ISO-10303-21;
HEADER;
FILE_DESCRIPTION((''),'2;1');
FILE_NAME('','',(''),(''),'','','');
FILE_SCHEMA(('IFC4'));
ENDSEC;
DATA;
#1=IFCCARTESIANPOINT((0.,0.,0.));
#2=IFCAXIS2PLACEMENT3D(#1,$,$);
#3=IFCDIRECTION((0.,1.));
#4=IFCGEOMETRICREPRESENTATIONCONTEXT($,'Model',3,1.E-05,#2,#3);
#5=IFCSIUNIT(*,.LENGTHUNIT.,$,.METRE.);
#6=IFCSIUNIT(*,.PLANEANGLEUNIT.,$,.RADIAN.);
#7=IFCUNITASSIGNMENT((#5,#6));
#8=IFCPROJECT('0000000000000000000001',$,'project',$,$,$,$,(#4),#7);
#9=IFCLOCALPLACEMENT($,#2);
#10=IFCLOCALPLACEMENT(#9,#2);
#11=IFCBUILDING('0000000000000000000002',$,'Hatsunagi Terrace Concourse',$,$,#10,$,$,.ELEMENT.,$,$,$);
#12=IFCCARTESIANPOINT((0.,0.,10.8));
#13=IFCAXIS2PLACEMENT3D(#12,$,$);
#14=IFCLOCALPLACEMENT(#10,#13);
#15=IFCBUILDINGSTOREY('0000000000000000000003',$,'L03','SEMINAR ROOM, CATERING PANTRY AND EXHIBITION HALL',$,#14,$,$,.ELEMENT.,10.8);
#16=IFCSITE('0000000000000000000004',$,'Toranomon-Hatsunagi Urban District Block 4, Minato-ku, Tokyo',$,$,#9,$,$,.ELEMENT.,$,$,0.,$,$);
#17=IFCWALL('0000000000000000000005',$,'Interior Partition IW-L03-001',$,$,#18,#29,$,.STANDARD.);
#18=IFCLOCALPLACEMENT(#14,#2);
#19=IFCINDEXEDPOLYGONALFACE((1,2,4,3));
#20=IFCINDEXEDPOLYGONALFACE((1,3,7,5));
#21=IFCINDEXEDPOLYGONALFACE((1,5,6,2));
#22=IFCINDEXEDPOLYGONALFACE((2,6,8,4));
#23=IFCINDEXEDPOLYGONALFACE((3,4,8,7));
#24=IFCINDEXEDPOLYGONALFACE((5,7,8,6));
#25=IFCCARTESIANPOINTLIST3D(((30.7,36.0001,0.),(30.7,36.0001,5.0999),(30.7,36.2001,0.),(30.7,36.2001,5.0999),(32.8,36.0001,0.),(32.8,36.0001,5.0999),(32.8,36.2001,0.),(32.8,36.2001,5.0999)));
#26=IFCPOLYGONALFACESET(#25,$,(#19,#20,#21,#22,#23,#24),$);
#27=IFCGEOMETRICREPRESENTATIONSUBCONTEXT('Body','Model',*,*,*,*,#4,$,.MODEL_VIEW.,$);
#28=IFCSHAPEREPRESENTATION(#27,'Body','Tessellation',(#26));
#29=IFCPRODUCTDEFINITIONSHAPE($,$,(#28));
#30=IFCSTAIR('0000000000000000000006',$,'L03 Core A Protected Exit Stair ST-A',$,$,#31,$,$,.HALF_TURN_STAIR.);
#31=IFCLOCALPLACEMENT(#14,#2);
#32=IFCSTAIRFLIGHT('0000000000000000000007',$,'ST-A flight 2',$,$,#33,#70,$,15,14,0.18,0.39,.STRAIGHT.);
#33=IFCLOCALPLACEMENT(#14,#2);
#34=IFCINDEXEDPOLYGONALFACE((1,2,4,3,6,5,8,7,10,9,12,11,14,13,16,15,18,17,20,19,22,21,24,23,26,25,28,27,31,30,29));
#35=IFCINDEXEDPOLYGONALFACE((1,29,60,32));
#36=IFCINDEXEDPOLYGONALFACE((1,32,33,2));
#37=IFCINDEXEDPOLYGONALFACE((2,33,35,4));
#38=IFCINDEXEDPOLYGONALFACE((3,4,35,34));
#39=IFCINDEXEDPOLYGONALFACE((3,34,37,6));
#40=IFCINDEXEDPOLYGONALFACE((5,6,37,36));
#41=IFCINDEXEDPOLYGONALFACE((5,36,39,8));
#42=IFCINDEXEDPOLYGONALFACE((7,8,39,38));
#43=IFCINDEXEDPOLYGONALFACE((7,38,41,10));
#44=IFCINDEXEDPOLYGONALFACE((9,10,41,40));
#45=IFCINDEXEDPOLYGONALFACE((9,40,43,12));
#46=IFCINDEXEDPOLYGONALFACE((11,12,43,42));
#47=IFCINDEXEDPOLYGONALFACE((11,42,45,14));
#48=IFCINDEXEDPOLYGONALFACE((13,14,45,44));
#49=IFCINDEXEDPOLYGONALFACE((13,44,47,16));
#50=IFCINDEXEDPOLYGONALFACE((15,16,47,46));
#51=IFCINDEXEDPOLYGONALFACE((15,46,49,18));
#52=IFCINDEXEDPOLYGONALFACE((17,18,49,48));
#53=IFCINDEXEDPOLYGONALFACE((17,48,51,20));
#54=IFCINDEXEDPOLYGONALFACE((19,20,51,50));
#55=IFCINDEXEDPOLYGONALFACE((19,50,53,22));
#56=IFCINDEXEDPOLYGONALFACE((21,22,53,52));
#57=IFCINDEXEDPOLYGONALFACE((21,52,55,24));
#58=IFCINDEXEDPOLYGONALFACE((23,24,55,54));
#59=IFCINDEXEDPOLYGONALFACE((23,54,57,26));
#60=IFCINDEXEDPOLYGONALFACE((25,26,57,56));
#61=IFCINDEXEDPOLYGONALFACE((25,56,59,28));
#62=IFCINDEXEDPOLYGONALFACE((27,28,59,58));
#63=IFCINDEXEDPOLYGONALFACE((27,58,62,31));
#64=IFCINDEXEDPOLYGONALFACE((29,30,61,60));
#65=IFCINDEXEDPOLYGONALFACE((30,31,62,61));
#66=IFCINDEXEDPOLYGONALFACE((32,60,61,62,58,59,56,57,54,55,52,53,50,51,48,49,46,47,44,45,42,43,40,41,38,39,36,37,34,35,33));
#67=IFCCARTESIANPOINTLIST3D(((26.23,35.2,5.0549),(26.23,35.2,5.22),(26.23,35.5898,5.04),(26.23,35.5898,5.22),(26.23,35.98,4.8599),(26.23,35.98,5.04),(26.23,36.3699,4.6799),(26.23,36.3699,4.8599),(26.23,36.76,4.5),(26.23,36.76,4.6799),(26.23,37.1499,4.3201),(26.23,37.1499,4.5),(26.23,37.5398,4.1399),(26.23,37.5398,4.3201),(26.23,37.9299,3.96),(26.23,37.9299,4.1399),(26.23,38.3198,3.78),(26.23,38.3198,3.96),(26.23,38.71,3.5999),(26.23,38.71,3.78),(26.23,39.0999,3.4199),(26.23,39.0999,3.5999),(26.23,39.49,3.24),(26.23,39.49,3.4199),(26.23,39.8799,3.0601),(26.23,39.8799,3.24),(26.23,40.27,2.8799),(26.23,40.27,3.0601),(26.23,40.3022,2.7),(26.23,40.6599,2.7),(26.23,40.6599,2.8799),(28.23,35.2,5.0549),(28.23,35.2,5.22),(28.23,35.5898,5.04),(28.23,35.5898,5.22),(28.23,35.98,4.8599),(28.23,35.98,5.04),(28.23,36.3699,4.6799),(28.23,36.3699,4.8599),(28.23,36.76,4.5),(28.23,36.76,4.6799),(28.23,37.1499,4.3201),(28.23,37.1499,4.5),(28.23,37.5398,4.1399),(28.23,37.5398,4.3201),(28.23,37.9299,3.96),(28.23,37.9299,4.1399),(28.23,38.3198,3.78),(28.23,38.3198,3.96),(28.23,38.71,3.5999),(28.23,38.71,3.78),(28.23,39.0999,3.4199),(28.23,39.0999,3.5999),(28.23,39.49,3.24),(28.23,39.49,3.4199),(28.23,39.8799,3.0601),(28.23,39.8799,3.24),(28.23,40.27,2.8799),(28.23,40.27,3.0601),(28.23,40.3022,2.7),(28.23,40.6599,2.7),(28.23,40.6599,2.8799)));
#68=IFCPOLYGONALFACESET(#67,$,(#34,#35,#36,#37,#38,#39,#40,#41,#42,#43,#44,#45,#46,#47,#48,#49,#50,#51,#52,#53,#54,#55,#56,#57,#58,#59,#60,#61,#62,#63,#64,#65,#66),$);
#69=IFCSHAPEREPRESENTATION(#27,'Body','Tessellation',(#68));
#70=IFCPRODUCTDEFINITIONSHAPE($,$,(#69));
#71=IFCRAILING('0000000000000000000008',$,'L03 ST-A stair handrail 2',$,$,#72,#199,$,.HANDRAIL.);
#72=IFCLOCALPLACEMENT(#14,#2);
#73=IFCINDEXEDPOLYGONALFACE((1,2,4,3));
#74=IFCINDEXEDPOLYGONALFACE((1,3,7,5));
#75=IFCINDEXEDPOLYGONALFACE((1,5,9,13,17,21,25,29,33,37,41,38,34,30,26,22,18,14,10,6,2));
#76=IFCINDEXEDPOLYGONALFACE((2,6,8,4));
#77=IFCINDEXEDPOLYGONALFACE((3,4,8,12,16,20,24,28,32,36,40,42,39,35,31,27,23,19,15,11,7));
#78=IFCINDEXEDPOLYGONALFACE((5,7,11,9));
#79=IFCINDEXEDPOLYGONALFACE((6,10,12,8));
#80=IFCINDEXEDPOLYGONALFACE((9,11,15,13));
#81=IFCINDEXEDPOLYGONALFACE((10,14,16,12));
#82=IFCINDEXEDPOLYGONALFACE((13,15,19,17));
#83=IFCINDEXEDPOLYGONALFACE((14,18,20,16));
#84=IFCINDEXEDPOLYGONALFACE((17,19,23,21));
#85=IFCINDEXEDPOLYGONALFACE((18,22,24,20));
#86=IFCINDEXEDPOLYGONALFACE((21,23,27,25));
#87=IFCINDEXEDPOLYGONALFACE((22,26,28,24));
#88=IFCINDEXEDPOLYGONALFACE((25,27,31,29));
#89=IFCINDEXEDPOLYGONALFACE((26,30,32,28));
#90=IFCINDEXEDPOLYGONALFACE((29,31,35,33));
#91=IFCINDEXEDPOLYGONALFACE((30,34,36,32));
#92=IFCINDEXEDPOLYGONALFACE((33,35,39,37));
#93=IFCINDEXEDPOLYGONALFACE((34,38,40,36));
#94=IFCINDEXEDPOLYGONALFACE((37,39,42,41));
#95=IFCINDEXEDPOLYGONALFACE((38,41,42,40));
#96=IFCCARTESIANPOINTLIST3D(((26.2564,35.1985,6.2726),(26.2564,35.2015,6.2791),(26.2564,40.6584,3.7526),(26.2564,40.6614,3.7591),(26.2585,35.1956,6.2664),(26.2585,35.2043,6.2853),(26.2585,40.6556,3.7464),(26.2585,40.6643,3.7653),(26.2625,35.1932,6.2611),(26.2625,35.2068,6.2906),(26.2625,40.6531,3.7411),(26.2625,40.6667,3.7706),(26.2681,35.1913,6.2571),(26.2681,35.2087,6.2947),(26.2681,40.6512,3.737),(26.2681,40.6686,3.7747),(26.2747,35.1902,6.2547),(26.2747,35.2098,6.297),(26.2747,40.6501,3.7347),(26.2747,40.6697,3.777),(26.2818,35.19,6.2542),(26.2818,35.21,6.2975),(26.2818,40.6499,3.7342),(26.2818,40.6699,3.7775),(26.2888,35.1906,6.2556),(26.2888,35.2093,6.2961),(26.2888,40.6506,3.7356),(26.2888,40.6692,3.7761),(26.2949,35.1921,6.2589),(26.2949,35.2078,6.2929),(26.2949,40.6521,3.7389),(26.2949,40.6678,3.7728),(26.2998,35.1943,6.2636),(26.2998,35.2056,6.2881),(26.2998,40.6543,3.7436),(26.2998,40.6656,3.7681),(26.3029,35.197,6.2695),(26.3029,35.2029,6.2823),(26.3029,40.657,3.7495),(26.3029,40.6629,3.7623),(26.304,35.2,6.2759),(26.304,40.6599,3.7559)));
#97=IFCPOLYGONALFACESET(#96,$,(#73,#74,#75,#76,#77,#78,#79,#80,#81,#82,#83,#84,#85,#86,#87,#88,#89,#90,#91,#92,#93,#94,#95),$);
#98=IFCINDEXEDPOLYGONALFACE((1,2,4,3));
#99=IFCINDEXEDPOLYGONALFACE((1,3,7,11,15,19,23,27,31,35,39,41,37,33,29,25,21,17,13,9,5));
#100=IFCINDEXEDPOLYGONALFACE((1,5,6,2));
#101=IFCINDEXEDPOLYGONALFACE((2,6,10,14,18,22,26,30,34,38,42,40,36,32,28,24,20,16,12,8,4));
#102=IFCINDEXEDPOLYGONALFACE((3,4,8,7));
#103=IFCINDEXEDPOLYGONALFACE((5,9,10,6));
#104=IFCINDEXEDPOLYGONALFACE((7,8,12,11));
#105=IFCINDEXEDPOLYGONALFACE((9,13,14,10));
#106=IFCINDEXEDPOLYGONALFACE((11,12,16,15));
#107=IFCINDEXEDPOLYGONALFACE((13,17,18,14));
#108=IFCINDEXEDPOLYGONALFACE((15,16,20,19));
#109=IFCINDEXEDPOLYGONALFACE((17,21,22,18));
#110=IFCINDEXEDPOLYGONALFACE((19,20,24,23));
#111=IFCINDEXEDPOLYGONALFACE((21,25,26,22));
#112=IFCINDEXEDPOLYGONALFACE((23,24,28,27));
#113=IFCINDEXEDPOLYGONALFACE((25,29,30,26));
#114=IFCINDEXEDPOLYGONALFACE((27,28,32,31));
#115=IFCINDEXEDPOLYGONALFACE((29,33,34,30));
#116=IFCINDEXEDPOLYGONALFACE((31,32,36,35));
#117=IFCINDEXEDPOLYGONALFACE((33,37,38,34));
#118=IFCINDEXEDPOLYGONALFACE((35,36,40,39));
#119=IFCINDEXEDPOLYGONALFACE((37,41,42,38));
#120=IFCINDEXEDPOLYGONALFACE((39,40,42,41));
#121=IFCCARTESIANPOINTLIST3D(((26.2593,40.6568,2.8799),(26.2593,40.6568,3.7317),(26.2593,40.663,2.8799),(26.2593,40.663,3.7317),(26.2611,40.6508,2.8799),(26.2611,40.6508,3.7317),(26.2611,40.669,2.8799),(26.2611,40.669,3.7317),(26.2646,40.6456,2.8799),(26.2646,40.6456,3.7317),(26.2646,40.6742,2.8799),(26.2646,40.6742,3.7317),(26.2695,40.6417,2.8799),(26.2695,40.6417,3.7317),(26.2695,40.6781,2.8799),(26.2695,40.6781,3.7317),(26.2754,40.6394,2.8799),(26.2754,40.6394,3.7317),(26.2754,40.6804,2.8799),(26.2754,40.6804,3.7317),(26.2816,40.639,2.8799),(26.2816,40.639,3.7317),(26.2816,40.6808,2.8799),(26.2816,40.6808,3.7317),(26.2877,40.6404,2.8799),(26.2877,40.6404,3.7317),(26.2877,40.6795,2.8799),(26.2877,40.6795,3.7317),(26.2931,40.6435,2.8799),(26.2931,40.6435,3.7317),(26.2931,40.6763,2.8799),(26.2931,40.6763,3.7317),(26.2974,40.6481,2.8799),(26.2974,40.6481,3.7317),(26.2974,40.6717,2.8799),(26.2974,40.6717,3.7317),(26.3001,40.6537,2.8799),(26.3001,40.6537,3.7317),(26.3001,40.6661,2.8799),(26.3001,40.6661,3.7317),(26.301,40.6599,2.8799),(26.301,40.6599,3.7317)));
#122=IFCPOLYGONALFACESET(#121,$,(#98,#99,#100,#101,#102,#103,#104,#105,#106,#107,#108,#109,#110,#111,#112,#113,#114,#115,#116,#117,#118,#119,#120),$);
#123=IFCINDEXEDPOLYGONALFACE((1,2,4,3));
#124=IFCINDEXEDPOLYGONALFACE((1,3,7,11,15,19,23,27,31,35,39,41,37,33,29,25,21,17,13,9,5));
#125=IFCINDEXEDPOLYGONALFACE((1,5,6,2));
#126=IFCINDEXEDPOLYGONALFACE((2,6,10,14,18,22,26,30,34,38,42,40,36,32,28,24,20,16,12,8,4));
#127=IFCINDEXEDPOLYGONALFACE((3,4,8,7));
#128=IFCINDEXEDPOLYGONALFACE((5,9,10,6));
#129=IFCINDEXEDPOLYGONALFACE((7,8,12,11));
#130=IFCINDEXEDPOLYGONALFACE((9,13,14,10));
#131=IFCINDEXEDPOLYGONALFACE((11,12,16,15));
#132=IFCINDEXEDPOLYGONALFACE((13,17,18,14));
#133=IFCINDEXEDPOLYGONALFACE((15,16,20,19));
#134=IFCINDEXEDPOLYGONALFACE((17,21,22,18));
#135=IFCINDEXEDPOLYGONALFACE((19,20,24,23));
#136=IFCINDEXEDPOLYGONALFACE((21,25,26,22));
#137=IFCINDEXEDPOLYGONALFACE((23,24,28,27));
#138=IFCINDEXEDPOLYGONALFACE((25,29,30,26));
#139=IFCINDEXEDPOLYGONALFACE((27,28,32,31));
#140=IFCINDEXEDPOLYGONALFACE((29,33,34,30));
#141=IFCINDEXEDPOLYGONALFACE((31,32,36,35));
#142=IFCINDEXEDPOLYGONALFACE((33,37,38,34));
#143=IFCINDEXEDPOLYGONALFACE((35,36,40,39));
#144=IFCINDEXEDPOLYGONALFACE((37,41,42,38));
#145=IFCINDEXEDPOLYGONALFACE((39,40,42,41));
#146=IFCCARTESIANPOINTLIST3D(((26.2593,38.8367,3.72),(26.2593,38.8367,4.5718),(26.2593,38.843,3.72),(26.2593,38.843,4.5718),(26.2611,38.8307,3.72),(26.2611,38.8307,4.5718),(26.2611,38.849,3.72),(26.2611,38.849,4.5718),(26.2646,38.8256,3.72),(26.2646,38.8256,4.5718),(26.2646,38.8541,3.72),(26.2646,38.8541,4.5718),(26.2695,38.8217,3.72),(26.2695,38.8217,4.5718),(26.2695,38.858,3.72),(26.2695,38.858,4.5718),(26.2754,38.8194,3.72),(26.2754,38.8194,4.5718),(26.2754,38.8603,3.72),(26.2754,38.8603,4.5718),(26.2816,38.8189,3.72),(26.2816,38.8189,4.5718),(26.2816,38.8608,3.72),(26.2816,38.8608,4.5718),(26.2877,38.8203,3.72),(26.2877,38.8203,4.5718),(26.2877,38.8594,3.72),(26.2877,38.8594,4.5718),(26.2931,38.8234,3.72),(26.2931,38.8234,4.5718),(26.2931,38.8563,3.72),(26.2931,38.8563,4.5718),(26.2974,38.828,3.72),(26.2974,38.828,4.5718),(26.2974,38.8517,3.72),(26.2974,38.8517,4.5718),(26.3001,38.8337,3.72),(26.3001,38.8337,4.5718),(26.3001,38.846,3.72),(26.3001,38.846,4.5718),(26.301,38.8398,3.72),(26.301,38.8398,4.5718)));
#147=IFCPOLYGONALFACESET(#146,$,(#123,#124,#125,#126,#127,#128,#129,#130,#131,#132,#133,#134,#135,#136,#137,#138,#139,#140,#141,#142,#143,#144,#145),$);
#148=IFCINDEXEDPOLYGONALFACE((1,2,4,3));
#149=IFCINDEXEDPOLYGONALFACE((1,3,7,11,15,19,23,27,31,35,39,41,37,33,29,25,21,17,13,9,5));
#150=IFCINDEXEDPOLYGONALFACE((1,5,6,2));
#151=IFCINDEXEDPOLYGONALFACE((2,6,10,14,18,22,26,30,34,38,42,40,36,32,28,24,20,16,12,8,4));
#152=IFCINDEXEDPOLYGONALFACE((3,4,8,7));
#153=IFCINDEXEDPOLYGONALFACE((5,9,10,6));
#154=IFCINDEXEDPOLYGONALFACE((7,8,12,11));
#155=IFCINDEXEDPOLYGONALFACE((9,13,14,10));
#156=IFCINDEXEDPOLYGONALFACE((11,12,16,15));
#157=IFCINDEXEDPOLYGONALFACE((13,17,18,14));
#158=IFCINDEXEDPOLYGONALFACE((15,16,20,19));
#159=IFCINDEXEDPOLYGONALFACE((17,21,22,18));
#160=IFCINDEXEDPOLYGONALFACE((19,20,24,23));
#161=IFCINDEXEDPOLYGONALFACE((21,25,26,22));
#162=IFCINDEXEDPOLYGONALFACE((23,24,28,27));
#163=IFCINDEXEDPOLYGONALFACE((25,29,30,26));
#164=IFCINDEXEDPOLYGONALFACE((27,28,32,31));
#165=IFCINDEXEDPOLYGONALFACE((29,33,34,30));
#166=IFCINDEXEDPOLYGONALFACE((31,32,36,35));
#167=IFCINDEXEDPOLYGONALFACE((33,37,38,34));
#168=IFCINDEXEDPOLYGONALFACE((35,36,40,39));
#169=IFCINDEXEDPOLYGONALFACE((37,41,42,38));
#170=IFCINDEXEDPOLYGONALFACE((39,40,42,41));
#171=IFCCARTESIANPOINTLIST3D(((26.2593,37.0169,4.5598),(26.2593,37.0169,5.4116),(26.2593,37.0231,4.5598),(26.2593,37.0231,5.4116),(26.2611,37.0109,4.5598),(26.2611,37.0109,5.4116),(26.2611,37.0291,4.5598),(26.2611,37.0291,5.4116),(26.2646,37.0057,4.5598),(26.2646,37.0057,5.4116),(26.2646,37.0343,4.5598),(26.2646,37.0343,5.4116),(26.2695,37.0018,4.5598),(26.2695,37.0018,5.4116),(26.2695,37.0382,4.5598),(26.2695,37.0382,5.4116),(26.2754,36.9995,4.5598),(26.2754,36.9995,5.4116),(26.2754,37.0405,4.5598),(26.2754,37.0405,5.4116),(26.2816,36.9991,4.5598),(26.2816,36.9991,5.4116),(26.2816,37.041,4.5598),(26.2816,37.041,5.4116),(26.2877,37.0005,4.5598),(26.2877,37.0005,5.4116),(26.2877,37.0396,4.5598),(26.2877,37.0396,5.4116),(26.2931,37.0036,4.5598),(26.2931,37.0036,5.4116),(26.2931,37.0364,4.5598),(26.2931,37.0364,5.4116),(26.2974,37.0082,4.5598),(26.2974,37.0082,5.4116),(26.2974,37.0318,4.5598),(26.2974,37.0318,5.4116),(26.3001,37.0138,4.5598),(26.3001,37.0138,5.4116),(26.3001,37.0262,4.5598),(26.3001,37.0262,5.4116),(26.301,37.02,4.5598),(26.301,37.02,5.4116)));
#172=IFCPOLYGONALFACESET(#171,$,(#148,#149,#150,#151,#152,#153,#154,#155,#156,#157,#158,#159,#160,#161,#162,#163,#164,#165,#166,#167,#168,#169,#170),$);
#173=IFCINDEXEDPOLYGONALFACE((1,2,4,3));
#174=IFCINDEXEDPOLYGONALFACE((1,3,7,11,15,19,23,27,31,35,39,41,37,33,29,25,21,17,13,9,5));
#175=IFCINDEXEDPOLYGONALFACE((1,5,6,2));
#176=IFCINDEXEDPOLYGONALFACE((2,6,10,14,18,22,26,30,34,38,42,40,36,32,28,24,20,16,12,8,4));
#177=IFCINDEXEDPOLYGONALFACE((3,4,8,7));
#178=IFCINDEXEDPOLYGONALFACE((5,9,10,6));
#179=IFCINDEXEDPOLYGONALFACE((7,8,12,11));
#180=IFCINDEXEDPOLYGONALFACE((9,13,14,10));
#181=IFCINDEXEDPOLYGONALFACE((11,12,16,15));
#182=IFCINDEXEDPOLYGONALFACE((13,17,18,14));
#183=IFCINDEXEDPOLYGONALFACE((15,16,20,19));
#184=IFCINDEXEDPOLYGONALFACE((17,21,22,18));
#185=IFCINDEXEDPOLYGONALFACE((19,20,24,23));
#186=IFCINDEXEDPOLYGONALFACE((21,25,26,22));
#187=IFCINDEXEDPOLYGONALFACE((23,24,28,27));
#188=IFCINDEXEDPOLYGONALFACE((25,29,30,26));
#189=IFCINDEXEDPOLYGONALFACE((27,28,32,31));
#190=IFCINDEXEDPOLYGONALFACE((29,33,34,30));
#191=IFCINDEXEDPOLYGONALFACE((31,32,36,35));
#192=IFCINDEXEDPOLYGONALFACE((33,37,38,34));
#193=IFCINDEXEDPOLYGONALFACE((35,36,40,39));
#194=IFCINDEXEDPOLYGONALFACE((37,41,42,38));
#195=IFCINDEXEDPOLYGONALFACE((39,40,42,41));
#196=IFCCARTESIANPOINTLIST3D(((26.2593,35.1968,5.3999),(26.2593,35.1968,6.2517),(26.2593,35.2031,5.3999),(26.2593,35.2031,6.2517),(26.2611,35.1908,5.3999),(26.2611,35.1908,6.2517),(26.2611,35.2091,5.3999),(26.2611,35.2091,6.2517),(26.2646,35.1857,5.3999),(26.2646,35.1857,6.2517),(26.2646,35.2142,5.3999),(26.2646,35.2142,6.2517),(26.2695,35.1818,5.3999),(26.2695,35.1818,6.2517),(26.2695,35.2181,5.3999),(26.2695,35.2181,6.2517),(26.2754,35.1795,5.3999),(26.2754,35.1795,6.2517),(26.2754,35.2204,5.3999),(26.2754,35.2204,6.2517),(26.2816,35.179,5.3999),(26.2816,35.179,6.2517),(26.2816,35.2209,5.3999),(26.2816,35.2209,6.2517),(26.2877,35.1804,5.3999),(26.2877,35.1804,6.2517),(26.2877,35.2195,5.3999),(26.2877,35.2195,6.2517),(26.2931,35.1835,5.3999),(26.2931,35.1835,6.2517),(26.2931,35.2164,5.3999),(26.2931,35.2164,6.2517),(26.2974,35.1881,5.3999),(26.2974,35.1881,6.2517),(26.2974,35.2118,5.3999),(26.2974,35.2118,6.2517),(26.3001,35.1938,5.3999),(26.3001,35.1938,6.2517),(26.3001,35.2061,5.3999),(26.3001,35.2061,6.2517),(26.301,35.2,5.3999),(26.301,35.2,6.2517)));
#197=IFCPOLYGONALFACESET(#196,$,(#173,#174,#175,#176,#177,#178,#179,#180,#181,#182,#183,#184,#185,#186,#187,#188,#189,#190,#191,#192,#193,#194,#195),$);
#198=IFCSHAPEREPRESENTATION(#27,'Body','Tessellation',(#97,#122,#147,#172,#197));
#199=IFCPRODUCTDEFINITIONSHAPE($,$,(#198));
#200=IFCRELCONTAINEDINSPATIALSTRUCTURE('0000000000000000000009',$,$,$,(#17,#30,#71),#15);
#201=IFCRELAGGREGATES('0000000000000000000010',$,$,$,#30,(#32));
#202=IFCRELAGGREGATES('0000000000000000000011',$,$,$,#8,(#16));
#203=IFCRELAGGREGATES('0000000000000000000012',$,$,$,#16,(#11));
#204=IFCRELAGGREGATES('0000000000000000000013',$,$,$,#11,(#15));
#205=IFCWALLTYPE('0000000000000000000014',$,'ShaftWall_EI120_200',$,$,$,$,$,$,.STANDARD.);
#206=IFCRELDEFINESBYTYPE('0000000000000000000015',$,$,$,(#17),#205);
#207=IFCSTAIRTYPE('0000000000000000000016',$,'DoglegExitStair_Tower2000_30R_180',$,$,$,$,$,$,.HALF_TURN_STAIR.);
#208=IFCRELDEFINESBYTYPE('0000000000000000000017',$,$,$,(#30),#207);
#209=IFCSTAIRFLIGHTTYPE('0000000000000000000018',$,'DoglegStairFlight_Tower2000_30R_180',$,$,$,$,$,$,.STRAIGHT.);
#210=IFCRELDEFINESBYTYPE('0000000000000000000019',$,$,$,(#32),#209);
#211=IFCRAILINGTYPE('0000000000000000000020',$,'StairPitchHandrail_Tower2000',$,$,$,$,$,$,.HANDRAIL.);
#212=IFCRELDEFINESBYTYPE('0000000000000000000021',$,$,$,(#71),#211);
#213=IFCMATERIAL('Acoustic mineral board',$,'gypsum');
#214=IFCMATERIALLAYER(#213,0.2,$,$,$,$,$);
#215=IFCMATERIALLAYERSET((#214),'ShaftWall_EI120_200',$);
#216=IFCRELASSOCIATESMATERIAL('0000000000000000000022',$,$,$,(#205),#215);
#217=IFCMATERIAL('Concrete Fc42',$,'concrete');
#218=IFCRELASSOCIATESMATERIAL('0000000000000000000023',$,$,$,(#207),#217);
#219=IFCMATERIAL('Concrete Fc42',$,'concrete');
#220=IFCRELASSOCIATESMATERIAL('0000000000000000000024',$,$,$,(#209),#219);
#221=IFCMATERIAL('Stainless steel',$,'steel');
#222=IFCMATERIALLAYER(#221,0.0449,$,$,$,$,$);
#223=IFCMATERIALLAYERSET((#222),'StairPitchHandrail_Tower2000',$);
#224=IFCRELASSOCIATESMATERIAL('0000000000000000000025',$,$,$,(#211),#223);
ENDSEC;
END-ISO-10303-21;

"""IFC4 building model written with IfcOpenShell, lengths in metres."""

from ifc_helpers import new_model, si_unit, direction, frame, frame_2d, origin, origin_2d, place, context, subcontext, project, spatial, polyline, rectangle, circle, outline, extrude, material, layer, layer_set, type_object, element, aggregate, save


model = new_model("IFC4")

# Units and contexts
model_context = context("Model", 3, precision=1e-05, world=origin(), true_north=direction((0.0, 1.0)))
body_context = subcontext(model_context, "Body", "Model", "MODEL_VIEW")
ifc_project = project(units=[si_unit("LENGTHUNIT", "METRE"), si_unit("PLANEANGLEUNIT", "RADIAN")], contexts=[model_context])

# Site, building, storey
site_placement = place(None, origin())
site = spatial("IfcSite", under=ifc_project, at=site_placement, Name="Toranomon-Hatsunagi Urban District Block 4, Minato-ku, Tokyo", CompositionType="ELEMENT", RefElevation=0.0)
building_placement = place(site_placement, origin())
building = spatial("IfcBuilding", under=site, at=building_placement, Name="Hatsunagi Terrace Concourse", CompositionType="ELEMENT")
storey_placement = place(building_placement, frame((0.0, 0.0, 10.8)))
storey = spatial("IfcBuildingStorey", under=building, at=storey_placement, Name="L03", Description="SEMINAR ROOM, CATERING PANTRY AND EXHIBITION HALL", CompositionType="ELEMENT", Elevation=10.8)

# Wall
ifc_material_1 = material(Name="Acoustic mineral board", Category="gypsum")
ifc_layer_1 = layer(ifc_material_1, 0.2)
ifc_layer_set_1 = layer_set([ifc_layer_1], Name="ShaftWall_EI120_200")
wall_type_1 = type_object("IfcWallType", Name="ShaftWall_EI120_200", PredefinedType="STANDARD", material=ifc_layer_set_1)
wall_1_placement = place(storey_placement, frame((30.7, 36.1001, 0.0), z_axis=(0.0, 0.0, 1.0), x_axis=(1.0, 0.0, 0.0)))
element("IfcWall", 1, at=wall_1_placement, inside=storey, type_object=wall_type_1, Name="Interior Partition IW-L03-001", PredefinedType="STANDARD", context=body_context, shape_type="SweptSolid", body=[
    extrude(rectangle(XDim=2.1001, YDim=0.2, at=frame_2d((1.05, 0.0))), origin(), (0.0, 0.0, 1.0), 5.0999),
])

# Stair, stair flight
ifc_material_2 = material(Name="Concrete Fc42", Category="concrete")
stair_type = type_object("IfcStairType", Name="DoglegExitStair_Tower2000_30R_180", PredefinedType="HALF_TURN_STAIR", material=ifc_material_2)
stair_placement = place(storey_placement, origin())
stair = element("IfcStair", 2, at=stair_placement, inside=storey, type_object=stair_type, Name="L03 Core A Protected Exit Stair ST-A", PredefinedType="HALF_TURN_STAIR")
ifc_material_3 = material(Name="Concrete Fc42", Category="concrete")
stair_flight_type = type_object("IfcStairFlightType", Name="DoglegStairFlight_Tower2000_30R_180", PredefinedType="STRAIGHT", material=ifc_material_3)
stair_flight_placement = place(storey_placement, frame((27.23, 40.6599, 2.7), z_axis=(0.0, 0.0, 1.0), x_axis=(0.0, -1.0, 0.0)))
stair_flight = element("IfcStairFlight", 3, at=stair_flight_placement, type_object=stair_flight_type, Name="ST-A flight 2", NumberOfRisers=15, NumberOfTreads=14, PredefinedType="STRAIGHT", RiserHeight=0.18, TreadLength=0.39, context=body_context, shape_type="SweptSolid", body=[
    extrude(outline(polyline([(0.0, 0.0), (0.0, 0.1799), (0.3899, 0.1799), (0.3899, 0.3601), (0.78, 0.3601), (0.78, 0.54), (1.1699, 0.54), (1.1699, 0.72), (1.5601, 0.72), (1.5601, 0.8999), (1.95, 0.8999), (1.95, 1.0801), (2.3401, 1.0801), (2.3401, 1.26), (2.73, 1.26), (2.73, 1.4399), (3.1201, 1.4399), (3.1201, 1.6201), (3.51, 1.6201), (3.51, 1.8), (3.8999, 1.8), (3.8999, 1.98), (4.29, 1.98), (4.29, 2.1599), (4.6799, 2.1599), (4.6799, 2.3401), (5.0701, 2.3401), (5.0701, 2.52), (5.46, 2.52), (5.46, 2.7), (5.46, 2.355), (0.3577, 0.0), (0.0, 0.0)])), frame((0.0, 1.0, 0.0), z_axis=(0.0, -1.0, 0.0), x_axis=(1.0, 0.0, 0.0)), (0.0, 0.0, 1.0), 2.0),
])
aggregate(stair, [stair_flight])

# Railing
ifc_material_4 = material(Name="Stainless steel", Category="steel")
ifc_layer_2 = layer(ifc_material_4, 0.0449)
ifc_layer_set_2 = layer_set([ifc_layer_2], Name="StairPitchHandrail_Tower2000")
railing_type_1 = type_object("IfcRailingType", Name="StairPitchHandrail_Tower2000", PredefinedType="HANDRAIL", material=ifc_layer_set_2)
railing_1_placement = place(storey_placement, frame((26.28, 40.6599, 2.8799)))
element("IfcRailing", 4, at=railing_1_placement, inside=storey, type_object=railing_type_1, Name="L03 ST-A stair handrail 2", PredefinedType="HANDRAIL", context=body_context, shape_type="SweptSolid", body=[
    extrude(circle(Radius=0.0239, at=origin_2d()), frame((0.0, 0.0, 0.876), z_axis=(0.0, -0.907957, 0.419063), x_axis=(1.0, 0.0, 0.0)), (0.0, 0.0, 1.0), 6.0134),
    extrude(circle(Radius=0.021, at=origin_2d()), origin(), (0.0, 0.0, 1.0), 0.8518),
    extrude(circle(Radius=0.021, at=origin_2d()), frame((0.0, -1.8201, 0.8401)), (0.0, 0.0, 1.0), 0.8518),
    extrude(circle(Radius=0.021, at=origin_2d()), frame((0.0, -3.6399, 1.6799)), (0.0, 0.0, 1.0), 0.8518),
    extrude(circle(Radius=0.021, at=origin_2d()), frame((0.0, -5.46, 2.52)), (0.0, 0.0, 1.0), 0.8518),
])

save(model, "model.ifc")
